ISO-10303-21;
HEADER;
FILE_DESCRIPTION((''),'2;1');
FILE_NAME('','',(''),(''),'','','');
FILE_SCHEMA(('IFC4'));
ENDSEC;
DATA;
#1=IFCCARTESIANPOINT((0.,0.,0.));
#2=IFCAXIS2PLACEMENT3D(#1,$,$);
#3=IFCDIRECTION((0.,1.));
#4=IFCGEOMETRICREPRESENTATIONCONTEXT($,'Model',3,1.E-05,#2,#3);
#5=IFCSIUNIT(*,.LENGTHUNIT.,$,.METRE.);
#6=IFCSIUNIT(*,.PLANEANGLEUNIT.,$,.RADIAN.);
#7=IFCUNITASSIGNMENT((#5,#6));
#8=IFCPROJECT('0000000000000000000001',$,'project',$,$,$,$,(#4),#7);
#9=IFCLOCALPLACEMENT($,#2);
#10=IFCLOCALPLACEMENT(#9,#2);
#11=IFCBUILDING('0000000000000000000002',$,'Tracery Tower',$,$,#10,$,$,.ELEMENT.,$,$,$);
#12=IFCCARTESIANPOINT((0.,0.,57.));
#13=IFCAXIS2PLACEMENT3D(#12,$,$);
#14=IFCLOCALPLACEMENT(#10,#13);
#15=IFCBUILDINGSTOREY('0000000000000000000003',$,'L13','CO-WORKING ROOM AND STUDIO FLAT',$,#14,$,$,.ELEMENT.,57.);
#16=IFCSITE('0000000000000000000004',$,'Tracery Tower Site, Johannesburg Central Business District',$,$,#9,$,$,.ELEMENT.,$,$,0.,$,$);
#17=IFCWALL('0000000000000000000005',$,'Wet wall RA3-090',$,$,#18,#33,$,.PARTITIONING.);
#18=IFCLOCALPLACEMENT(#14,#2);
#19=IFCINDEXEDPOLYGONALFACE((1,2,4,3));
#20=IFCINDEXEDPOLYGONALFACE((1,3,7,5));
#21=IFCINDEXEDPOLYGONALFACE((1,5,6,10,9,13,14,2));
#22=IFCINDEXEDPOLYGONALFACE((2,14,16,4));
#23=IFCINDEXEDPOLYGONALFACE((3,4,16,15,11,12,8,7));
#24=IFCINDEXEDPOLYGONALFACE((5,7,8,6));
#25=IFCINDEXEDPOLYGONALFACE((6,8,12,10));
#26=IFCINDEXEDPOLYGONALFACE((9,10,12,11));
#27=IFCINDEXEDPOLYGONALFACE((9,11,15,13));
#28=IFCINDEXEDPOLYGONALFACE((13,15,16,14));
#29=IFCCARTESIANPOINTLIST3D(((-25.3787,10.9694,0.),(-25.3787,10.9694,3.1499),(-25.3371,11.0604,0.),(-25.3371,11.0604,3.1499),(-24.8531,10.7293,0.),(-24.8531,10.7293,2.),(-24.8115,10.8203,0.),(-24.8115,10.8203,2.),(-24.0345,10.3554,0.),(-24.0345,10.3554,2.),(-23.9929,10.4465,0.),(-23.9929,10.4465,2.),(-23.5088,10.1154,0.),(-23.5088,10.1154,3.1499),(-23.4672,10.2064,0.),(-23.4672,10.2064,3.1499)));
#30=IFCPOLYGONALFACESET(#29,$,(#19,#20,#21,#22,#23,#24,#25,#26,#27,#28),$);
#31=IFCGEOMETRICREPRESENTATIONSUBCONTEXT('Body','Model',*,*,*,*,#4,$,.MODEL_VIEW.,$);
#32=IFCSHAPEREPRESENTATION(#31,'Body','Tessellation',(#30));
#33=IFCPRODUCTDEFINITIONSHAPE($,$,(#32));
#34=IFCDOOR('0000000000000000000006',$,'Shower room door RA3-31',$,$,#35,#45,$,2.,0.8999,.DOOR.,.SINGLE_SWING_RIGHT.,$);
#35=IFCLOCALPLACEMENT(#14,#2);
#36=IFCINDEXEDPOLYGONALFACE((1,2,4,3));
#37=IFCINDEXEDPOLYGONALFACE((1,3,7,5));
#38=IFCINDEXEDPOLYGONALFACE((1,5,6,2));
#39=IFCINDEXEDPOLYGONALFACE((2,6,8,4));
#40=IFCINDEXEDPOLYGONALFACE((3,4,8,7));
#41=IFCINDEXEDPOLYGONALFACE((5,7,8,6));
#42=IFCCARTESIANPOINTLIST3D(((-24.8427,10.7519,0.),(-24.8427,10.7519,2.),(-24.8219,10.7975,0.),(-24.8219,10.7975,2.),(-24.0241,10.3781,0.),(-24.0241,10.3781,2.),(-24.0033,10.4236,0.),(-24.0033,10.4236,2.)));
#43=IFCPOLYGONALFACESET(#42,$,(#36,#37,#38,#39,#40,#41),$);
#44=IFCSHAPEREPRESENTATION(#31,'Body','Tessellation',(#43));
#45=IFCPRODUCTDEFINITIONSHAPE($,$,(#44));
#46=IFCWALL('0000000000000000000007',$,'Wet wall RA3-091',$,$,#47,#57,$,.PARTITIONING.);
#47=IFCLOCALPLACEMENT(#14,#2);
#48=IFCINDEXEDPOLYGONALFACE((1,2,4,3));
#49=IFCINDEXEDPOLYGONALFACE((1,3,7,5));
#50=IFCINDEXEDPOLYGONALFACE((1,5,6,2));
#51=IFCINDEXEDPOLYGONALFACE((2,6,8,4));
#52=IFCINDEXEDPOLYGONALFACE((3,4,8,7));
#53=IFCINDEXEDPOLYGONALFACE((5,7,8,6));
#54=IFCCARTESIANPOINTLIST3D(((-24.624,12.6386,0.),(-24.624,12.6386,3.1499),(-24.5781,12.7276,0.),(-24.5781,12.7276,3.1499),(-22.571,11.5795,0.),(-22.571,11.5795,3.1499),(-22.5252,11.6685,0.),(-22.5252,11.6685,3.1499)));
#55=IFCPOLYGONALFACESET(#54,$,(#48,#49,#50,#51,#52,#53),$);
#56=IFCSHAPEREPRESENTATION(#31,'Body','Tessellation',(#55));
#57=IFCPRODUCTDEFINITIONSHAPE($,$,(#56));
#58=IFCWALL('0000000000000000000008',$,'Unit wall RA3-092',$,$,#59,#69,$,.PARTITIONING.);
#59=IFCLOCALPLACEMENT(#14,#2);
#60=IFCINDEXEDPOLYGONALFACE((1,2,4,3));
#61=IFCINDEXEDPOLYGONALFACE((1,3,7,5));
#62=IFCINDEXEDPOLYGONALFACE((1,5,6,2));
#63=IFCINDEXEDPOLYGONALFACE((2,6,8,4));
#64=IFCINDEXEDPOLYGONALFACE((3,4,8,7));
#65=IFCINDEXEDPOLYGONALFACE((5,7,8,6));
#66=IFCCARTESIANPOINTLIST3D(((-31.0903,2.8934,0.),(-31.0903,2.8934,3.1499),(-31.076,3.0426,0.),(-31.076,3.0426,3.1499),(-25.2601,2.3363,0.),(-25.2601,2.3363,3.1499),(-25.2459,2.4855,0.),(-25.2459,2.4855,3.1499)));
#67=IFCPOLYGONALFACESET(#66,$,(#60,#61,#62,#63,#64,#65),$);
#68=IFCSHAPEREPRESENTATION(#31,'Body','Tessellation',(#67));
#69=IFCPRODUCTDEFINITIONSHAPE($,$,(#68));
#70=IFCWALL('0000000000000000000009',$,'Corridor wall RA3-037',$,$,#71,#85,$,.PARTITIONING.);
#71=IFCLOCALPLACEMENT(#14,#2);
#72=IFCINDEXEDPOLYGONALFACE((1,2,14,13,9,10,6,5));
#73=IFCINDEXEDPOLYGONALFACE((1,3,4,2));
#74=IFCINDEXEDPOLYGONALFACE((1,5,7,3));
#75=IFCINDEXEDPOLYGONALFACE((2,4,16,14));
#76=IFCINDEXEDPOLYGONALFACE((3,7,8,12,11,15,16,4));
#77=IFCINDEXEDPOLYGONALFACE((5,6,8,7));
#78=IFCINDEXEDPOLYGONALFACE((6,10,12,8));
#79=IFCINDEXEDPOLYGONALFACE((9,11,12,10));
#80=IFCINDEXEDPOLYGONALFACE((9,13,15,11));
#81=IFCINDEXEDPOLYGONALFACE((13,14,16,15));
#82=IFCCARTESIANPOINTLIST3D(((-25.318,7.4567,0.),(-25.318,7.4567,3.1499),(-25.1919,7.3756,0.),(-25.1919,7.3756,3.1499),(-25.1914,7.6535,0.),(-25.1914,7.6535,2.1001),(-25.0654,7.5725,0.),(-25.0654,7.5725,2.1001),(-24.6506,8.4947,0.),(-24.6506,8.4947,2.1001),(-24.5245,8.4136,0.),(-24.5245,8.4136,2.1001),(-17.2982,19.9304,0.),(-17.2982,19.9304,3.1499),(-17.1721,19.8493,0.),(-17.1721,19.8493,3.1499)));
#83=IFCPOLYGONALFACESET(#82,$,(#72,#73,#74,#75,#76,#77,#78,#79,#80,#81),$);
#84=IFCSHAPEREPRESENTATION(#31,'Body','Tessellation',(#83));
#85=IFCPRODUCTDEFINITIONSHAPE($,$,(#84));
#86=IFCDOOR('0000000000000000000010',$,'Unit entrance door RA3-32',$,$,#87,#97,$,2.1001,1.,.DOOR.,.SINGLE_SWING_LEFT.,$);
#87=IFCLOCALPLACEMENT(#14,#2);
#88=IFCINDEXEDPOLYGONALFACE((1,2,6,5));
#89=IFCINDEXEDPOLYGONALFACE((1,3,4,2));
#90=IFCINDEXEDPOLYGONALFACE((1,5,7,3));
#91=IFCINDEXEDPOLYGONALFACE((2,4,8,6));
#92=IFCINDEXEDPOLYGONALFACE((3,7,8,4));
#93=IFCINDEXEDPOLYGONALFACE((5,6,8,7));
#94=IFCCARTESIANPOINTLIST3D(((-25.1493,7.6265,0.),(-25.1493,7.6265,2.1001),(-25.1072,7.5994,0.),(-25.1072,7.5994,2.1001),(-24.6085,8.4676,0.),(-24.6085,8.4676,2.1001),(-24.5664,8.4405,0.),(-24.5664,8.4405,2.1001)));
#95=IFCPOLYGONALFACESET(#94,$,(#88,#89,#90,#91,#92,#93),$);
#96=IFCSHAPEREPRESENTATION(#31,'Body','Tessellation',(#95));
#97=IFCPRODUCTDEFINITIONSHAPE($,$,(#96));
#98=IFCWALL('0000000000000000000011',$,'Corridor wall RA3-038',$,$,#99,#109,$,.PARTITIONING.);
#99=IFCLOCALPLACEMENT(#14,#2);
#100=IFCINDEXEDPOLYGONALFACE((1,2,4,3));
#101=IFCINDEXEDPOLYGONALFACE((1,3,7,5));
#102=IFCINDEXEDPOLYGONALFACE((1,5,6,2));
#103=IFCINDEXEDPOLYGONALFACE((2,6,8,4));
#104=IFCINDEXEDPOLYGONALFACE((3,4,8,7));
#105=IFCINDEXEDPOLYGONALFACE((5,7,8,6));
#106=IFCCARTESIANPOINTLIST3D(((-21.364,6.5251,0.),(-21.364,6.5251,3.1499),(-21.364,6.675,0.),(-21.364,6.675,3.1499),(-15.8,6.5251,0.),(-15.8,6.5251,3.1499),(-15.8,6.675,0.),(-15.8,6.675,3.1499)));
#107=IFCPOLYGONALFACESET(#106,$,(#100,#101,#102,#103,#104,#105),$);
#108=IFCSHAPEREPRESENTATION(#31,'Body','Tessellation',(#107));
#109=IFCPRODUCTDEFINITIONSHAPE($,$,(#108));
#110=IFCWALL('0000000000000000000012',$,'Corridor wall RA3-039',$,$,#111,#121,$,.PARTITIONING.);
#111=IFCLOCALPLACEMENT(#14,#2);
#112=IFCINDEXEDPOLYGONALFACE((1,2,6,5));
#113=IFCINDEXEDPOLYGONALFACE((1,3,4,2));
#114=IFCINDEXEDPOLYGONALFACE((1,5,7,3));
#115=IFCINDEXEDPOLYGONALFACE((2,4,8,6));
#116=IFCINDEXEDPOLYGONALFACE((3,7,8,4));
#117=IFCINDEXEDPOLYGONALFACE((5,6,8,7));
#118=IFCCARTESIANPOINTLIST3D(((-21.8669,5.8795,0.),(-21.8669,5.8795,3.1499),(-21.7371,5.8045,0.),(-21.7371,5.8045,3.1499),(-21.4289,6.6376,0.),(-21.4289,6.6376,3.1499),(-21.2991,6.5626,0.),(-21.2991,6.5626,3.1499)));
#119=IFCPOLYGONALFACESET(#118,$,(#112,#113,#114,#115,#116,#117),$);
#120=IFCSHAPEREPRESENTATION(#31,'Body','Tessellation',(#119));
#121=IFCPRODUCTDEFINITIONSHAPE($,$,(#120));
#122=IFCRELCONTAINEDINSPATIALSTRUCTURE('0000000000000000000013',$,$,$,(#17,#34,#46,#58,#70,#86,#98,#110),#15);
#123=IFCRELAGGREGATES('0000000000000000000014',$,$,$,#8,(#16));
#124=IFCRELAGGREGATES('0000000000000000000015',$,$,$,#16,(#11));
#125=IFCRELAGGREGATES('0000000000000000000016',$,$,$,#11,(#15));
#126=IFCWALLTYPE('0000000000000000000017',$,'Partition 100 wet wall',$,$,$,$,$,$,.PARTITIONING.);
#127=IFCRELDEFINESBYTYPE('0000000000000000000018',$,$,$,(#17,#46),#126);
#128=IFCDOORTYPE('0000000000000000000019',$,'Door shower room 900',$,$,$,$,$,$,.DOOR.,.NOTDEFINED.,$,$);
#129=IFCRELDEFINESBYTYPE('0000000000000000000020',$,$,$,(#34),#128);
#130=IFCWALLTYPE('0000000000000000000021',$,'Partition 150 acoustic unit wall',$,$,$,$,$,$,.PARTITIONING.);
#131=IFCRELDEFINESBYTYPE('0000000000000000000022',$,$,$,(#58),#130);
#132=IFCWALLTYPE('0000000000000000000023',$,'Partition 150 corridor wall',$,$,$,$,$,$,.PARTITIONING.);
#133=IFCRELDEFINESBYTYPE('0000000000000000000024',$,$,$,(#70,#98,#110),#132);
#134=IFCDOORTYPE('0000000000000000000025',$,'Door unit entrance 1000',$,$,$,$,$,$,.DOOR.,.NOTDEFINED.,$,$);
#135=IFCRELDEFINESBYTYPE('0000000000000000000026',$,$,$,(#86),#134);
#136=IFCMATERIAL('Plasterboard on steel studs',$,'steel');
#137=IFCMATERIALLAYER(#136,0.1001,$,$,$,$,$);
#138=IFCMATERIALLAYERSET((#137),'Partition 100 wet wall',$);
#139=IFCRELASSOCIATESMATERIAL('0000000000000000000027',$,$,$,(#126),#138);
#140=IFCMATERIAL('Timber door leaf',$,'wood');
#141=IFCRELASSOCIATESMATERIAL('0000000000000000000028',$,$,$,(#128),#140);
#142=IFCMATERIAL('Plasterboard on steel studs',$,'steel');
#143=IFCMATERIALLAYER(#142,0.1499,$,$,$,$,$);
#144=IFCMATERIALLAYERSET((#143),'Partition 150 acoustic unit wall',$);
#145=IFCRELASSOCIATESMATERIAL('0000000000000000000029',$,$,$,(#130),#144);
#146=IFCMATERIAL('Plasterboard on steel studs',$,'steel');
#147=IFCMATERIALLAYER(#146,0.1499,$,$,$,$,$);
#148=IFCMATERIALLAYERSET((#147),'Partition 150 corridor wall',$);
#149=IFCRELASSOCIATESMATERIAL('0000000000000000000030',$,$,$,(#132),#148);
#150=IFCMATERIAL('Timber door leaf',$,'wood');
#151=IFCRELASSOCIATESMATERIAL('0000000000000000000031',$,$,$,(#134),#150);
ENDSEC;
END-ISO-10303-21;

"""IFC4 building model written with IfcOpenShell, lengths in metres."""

from ifc_helpers import new_model, si_unit, direction, frame, frame_2d, origin, place, context, subcontext, project, spatial, rectangle, extrude, material, layer, layer_set, type_object, element, fill, save


model = new_model("IFC4")

# Units and contexts
model_context = context("Model", 3, precision=1e-05, world=origin(), true_north=direction((0.0, 1.0)))
body_context = subcontext(model_context, "Body", "Model", "MODEL_VIEW")
ifc_project = project(units=[si_unit("LENGTHUNIT", "METRE"), si_unit("PLANEANGLEUNIT", "RADIAN")], contexts=[model_context])

# Site, building, storey
site_placement = place(None, origin())
site = spatial("IfcSite", under=ifc_project, at=site_placement, Name="Tracery Tower Site, Johannesburg Central Business District", CompositionType="ELEMENT", RefElevation=0.0)
building_placement = place(site_placement, origin())
building = spatial("IfcBuilding", under=site, at=building_placement, Name="Tracery Tower", CompositionType="ELEMENT")
storey_placement = place(building_placement, frame((0.0, 0.0, 57.0)))
storey = spatial("IfcBuildingStorey", under=building, at=storey_placement, Name="L13", Description="CO-WORKING ROOM AND STUDIO FLAT", CompositionType="ELEMENT", Elevation=57.0)

# Shared definitions
ifc_material_1 = material(Name="Plasterboard on steel studs", Category="steel")
ifc_layer_1 = layer(ifc_material_1, 0.1001)
ifc_layer_set_1 = layer_set([ifc_layer_1], Name="Partition 100 wet wall")
wall_type_1 = type_object("IfcWallType", Name="Partition 100 wet wall", PredefinedType="PARTITIONING", material=ifc_layer_set_1)

# Wall, opening, door
wall_1_placement = place(storey_placement, frame((-25.3579, 11.0149, 0.0), z_axis=(0.0, 0.0, 1.0), x_axis=(0.909621, -0.41544, 0.0)))
wall_1 = element("IfcWall", 1, at=wall_1_placement, inside=storey, type_object=wall_type_1, Name="Wet wall RA3-090", PredefinedType="PARTITIONING", context=body_context, shape_type="SweptSolid", body=[
    extrude(rectangle(XDim=2.0557, YDim=0.1001, at=frame_2d((1.0278, 0.0))), origin(), (0.0, 0.0, 1.0), 3.1499),
])
opening_1_placement = place(wall_1_placement, frame((0.5779, 0.0, 0.0)))
opening_1 = element("IfcOpeningElement", 2, at=opening_1_placement, cuts=wall_1, PredefinedType="OPENING", context=body_context, shape_type="SweptSolid", body=[
    extrude(rectangle(XDim=0.8999, YDim=2.0, at=frame_2d((0.45, 1.0))), frame((0.0, 0.05, 0.0), z_axis=(0.0, -1.0, 0.0), x_axis=(1.0, 0.0, 0.0)), (0.0, 0.0, 1.0), 0.1001),
])
ifc_material_2 = material(Name="Timber door leaf", Category="wood")
door_type_1 = type_object("IfcDoorType", Name="Door shower room 900", OperationType="NOTDEFINED", PredefinedType="DOOR", material=ifc_material_2)
door_1_placement = place(opening_1_placement, origin())
door_1 = element("IfcDoor", 3, at=door_1_placement, inside=storey, type_object=door_type_1, Name="Shower room door RA3-31", OperationType="SINGLE_SWING_RIGHT", OverallHeight=2.0, OverallWidth=0.8999, PredefinedType="DOOR", context=body_context, shape_type="SweptSolid", body=[
    extrude(rectangle(XDim=0.8999, YDim=2.0, at=frame_2d((0.45, 1.0))), frame((0.0, 0.0249, 0.0), z_axis=(0.0, -1.0, 0.0), x_axis=(1.0, 0.0, 0.0)), (0.0, 0.0, 1.0), 0.05),
])
fill(opening_1, door_1)

# Walls
wall_2_placement = place(storey_placement, frame((-24.6011, 12.6831, 0.0), z_axis=(0.0, 0.0, 1.0), x_axis=(0.888712, -0.458465, 0.0)))
element("IfcWall", 4, at=wall_2_placement, inside=storey, type_object=wall_type_1, Name="Wet wall RA3-091", PredefinedType="PARTITIONING", context=body_context, shape_type="SweptSolid", body=[
    extrude(rectangle(XDim=2.3101, YDim=0.1001, at=frame_2d((1.155, 0.0))), origin(), (0.0, 0.0, 1.0), 3.1499),
])
ifc_material_3 = material(Name="Plasterboard on steel studs", Category="steel")
ifc_layer_2 = layer(ifc_material_3, 0.1499)
ifc_layer_set_2 = layer_set([ifc_layer_2], Name="Partition 150 acoustic unit wall")
wall_type_2 = type_object("IfcWallType", Name="Partition 150 acoustic unit wall", PredefinedType="PARTITIONING", material=ifc_layer_set_2)
wall_3_placement = place(storey_placement, frame((-31.083, 2.968, 0.0), z_axis=(0.0, 0.0, 1.0), x_axis=(0.995465, -0.095128, 0.0)))
element("IfcWall", 5, at=wall_3_placement, inside=storey, type_object=wall_type_2, Name="Unit wall RA3-092", PredefinedType="PARTITIONING", context=body_context, shape_type="SweptSolid", body=[
    extrude(rectangle(XDim=5.8567, YDim=0.1499, at=frame_2d((2.9282, 0.0))), origin(), (0.0, 0.0, 1.0), 3.1499),
])

# Wall, opening, door
ifc_material_4 = material(Name="Plasterboard on steel studs", Category="steel")
ifc_layer_3 = layer(ifc_material_4, 0.1499)
ifc_layer_set_3 = layer_set([ifc_layer_3], Name="Partition 150 corridor wall")
wall_type_3 = type_object("IfcWallType", Name="Partition 150 corridor wall", PredefinedType="PARTITIONING", material=ifc_layer_set_3)
wall_4_placement = place(storey_placement, frame((-25.2549, 7.4163, 0.0), z_axis=(0.0, 0.0, 1.0), x_axis=(0.540806, 0.841147, 0.0)))
wall_4 = element("IfcWall", 6, at=wall_4_placement, inside=storey, type_object=wall_type_3, Name="Corridor wall RA3-037", PredefinedType="PARTITIONING", context=body_context, shape_type="SweptSolid", body=[
    extrude(rectangle(XDim=14.8293, YDim=0.1499, at=frame_2d((7.4146, 0.0))), origin(), (0.0, 0.0, 1.0), 3.1499),
])
opening_2_placement = place(wall_4_placement, frame((0.2339, 0.0, 0.0)))
opening_2 = element("IfcOpeningElement", 7, at=opening_2_placement, cuts=wall_4, PredefinedType="OPENING", context=body_context, shape_type="SweptSolid", body=[
    extrude(rectangle(XDim=1.0, YDim=2.1001, at=frame_2d((0.5, 1.05))), frame((0.0, 0.075, 0.0), z_axis=(0.0, -1.0, 0.0), x_axis=(1.0, 0.0, 0.0)), (0.0, 0.0, 1.0), 0.1499),
])
ifc_material_5 = material(Name="Timber door leaf", Category="wood")
door_type_2 = type_object("IfcDoorType", Name="Door unit entrance 1000", OperationType="NOTDEFINED", PredefinedType="DOOR", material=ifc_material_5)
door_2_placement = place(opening_2_placement, origin())
door_2 = element("IfcDoor", 8, at=door_2_placement, inside=storey, type_object=door_type_2, Name="Unit entrance door RA3-32", OperationType="SINGLE_SWING_LEFT", OverallHeight=2.1001, OverallWidth=1.0, PredefinedType="DOOR", context=body_context, shape_type="SweptSolid", body=[
    extrude(rectangle(XDim=1.0, YDim=2.1001, at=frame_2d((0.5, 1.05))), frame((0.0, 0.0249, 0.0), z_axis=(0.0, -1.0, 0.0), x_axis=(1.0, 0.0, 0.0)), (0.0, 0.0, 1.0), 0.05),
])
fill(opening_2, door_2)

# Walls
wall_5_placement = place(storey_placement, frame((-21.364, 6.6001, 0.0), z_axis=(0.0, 0.0, 1.0), x_axis=(1.0, 0.0, 0.0)))
element("IfcWall", 9, at=wall_5_placement, inside=storey, type_object=wall_type_3, Name="Corridor wall RA3-038", PredefinedType="PARTITIONING", context=body_context, shape_type="SweptSolid", body=[
    extrude(rectangle(XDim=5.564, YDim=0.1499, at=frame_2d((2.782, 0.0))), origin(), (0.0, 0.0, 1.0), 3.1499),
])
wall_6_placement = place(storey_placement, frame((-21.802, 5.842, 0.0), z_axis=(0.0, 0.0, 1.0), x_axis=(0.500278, 0.865865, 0.0)))
element("IfcWall", 10, at=wall_6_placement, inside=storey, type_object=wall_type_3, Name="Corridor wall RA3-039", PredefinedType="PARTITIONING", context=body_context, shape_type="SweptSolid", body=[
    extrude(rectangle(XDim=0.8755, YDim=0.1499, at=frame_2d((0.4377, 0.0))), origin(), (0.0, 0.0, 1.0), 3.1499),
])

save(model, "model.ifc")
